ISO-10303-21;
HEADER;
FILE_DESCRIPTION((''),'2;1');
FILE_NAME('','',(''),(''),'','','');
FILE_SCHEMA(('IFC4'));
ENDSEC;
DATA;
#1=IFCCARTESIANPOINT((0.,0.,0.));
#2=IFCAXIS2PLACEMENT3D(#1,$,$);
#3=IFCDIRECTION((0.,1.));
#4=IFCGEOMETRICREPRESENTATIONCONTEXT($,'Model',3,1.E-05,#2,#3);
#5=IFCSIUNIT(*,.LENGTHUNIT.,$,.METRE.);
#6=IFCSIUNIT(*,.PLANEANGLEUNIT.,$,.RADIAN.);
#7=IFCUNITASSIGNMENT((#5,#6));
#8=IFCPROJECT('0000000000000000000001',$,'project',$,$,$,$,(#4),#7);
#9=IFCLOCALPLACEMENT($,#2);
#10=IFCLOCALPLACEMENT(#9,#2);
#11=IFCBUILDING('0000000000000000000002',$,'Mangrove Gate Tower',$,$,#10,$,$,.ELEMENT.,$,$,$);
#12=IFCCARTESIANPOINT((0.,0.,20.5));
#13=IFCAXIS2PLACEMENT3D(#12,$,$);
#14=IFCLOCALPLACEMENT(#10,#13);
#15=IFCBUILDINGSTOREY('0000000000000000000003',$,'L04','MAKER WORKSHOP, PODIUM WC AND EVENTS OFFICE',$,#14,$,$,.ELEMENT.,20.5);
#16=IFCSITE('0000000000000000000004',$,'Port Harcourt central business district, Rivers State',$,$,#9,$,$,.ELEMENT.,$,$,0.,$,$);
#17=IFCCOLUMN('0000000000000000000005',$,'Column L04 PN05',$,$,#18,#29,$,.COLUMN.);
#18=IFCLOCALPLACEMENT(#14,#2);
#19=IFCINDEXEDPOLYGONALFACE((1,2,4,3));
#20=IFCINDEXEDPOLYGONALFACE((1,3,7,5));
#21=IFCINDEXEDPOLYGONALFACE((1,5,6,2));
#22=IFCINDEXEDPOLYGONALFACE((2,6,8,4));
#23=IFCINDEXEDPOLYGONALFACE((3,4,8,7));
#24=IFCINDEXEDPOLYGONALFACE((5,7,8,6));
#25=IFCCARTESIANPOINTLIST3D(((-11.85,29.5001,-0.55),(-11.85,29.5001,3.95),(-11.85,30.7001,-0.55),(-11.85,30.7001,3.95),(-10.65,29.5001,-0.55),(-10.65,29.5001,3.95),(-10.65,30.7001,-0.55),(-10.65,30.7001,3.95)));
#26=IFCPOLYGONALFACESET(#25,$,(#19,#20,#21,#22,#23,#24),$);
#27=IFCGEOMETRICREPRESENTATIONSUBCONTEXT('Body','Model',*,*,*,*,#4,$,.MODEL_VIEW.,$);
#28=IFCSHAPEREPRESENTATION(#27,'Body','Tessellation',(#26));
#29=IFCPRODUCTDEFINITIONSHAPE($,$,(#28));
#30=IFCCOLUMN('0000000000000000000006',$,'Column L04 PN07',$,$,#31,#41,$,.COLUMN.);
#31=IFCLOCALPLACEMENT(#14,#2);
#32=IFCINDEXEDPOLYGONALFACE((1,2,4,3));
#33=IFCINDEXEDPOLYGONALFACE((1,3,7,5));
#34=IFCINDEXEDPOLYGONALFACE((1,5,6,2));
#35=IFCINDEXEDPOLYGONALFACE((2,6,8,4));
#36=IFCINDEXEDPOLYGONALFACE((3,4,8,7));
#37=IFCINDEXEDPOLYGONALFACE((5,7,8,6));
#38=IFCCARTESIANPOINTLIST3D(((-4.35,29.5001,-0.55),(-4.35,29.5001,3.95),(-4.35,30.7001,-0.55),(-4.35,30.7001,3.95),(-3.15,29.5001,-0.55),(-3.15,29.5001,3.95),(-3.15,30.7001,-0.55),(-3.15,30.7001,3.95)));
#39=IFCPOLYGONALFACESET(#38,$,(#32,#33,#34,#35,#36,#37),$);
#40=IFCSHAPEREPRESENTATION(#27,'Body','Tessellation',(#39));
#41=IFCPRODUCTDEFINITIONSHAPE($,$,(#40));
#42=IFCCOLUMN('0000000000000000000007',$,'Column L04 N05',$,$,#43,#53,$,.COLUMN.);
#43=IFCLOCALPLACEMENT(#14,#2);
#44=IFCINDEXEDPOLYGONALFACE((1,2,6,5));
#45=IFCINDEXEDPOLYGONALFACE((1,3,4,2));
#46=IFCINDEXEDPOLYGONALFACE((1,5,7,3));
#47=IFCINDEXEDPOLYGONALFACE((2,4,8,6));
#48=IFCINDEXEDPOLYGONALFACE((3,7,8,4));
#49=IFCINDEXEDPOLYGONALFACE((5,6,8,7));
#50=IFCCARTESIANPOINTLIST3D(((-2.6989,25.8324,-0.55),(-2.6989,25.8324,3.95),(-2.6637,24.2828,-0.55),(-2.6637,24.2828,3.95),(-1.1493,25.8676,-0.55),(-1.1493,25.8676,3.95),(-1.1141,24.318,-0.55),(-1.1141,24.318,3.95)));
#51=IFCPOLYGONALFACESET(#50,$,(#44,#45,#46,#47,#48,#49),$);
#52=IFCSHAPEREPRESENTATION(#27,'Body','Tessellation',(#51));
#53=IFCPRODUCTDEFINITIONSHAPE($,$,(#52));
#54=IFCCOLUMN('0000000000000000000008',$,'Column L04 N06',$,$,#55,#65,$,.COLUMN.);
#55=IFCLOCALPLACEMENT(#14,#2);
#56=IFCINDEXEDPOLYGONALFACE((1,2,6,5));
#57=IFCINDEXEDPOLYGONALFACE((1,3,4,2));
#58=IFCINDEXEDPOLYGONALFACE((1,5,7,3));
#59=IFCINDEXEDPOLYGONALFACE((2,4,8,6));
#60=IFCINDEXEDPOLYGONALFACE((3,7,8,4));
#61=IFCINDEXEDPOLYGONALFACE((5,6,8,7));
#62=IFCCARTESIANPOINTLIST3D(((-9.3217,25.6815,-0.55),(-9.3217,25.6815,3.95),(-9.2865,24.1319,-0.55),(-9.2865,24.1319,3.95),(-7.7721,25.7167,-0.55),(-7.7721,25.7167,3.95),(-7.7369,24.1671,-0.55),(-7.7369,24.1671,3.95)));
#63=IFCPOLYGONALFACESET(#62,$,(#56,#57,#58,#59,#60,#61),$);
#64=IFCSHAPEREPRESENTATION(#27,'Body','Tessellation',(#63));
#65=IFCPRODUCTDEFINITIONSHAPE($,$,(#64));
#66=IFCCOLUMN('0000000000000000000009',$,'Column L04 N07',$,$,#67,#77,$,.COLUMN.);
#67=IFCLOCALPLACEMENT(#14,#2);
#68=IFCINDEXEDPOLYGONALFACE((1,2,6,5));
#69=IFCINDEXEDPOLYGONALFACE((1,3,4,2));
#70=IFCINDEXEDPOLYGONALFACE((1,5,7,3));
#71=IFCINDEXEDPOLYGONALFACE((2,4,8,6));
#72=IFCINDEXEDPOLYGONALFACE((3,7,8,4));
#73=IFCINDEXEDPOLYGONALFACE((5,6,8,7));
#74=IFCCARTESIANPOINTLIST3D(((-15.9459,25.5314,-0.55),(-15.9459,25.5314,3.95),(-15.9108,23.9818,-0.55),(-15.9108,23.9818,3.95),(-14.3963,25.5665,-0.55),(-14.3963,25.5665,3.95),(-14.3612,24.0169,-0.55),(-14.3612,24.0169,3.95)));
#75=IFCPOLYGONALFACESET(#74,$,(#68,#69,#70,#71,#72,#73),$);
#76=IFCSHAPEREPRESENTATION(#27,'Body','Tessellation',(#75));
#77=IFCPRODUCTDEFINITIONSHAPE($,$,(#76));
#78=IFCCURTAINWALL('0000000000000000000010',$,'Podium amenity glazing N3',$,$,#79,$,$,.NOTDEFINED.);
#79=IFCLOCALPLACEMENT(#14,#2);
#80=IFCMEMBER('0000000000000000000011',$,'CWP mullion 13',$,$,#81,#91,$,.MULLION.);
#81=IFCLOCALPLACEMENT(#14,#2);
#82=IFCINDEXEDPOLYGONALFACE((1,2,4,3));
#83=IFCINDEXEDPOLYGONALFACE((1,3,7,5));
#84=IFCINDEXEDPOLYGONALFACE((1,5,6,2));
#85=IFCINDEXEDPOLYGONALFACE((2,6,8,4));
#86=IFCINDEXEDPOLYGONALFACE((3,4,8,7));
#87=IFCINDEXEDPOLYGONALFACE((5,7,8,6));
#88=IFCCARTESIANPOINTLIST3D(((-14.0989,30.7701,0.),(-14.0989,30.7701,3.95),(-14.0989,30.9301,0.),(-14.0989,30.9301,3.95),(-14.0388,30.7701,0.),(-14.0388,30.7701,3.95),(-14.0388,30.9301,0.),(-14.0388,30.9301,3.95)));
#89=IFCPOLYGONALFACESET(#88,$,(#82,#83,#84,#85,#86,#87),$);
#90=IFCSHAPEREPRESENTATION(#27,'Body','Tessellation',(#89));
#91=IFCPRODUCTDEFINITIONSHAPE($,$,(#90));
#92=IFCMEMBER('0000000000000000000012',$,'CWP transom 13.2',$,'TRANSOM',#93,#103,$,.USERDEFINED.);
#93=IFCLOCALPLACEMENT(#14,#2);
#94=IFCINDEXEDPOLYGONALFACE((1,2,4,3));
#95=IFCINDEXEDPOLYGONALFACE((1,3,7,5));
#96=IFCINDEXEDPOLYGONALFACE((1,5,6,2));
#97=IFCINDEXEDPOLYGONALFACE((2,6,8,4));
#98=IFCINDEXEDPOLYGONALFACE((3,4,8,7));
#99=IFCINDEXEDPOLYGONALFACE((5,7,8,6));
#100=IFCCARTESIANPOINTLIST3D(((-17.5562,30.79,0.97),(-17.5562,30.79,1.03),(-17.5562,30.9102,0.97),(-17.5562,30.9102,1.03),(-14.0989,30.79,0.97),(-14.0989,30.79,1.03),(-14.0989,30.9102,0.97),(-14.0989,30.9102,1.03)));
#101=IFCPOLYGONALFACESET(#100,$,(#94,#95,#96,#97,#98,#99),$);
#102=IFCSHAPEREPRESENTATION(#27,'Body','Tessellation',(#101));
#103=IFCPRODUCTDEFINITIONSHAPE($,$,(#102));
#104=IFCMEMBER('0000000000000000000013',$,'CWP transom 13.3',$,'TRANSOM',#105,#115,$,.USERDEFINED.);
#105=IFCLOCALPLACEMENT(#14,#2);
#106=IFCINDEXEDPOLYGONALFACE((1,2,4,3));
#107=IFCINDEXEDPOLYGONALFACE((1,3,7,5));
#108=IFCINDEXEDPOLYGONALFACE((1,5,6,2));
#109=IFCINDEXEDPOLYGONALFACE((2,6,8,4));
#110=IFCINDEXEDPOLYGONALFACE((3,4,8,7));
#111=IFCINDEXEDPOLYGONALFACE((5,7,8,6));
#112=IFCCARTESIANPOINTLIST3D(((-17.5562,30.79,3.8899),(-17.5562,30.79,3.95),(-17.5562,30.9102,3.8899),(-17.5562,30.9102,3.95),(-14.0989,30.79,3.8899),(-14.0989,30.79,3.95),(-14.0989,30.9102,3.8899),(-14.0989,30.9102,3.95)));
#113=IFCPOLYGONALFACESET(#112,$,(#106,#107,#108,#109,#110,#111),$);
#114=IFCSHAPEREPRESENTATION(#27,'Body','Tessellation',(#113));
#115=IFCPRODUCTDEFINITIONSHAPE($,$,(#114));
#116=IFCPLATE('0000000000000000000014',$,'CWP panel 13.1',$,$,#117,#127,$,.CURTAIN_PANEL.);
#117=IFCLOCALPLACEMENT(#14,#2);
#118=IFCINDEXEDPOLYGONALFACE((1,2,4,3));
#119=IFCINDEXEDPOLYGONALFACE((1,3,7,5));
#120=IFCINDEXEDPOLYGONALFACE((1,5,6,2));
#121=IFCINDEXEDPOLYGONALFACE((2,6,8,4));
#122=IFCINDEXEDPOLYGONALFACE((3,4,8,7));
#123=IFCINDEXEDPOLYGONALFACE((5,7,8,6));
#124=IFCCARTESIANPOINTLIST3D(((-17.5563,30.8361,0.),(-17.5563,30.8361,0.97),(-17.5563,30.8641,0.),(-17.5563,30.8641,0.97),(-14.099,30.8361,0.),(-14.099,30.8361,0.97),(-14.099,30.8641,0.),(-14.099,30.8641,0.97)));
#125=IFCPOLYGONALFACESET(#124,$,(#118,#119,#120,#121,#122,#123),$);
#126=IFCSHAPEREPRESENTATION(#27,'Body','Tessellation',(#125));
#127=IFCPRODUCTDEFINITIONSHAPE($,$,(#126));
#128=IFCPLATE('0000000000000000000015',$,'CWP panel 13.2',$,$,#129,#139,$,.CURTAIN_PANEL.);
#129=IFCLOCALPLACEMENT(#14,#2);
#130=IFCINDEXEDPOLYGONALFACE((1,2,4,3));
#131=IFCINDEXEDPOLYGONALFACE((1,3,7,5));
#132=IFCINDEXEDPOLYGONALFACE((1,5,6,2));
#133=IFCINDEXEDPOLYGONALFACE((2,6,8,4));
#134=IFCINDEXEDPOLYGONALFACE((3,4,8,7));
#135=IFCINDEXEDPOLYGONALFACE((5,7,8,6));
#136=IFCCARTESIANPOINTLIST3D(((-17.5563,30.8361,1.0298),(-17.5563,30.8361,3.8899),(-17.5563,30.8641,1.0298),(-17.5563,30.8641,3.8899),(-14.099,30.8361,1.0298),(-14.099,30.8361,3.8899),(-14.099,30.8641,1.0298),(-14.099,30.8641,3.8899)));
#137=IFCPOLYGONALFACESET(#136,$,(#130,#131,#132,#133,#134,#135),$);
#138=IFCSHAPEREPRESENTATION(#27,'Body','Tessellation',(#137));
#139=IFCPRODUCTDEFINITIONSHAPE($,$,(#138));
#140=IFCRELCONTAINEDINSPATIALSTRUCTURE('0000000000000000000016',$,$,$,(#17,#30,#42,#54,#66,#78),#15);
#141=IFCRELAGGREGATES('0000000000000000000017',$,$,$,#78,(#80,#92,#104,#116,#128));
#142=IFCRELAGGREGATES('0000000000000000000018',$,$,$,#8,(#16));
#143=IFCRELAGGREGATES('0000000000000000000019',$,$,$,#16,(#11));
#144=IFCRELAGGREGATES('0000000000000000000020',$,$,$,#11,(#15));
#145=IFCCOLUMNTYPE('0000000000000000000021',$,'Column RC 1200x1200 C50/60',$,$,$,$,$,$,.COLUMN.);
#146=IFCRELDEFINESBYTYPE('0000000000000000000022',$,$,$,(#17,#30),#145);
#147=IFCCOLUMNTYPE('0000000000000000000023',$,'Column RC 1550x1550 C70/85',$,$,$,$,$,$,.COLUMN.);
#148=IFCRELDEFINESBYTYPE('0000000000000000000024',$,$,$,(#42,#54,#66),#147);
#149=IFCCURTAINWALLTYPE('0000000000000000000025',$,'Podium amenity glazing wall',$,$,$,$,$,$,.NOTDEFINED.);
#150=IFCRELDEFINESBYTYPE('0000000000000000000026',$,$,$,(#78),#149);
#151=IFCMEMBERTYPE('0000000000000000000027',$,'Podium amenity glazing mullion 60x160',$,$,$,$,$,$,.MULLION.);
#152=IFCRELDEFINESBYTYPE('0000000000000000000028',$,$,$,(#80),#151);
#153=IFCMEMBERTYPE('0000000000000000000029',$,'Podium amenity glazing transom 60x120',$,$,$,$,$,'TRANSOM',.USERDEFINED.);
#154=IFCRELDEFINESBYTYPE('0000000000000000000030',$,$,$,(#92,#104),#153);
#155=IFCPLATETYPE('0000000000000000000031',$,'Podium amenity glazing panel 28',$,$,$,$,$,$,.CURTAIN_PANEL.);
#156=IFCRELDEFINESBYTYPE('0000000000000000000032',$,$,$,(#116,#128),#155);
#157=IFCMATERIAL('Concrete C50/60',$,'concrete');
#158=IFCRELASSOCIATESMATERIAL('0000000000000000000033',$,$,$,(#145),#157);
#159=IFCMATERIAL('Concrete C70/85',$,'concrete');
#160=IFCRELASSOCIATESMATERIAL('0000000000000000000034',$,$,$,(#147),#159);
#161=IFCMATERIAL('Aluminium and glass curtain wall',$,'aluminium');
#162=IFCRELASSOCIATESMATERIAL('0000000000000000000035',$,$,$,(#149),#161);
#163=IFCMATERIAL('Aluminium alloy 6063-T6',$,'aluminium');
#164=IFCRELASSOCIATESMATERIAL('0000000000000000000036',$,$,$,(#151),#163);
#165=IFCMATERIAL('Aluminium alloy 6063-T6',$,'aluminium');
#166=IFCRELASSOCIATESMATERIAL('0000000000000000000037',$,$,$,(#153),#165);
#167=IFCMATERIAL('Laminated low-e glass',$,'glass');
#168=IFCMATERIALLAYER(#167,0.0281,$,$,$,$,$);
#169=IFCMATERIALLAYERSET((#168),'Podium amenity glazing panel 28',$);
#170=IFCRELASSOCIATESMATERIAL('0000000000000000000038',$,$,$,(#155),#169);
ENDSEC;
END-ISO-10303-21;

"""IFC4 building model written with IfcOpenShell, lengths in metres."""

from ifc_helpers import new_model, si_unit, direction, frame, origin, origin_2d, place, context, subcontext, project, spatial, rectangle, extrude, material, layer, layer_set, material_profile, profile_set, type_object, element, aggregate, save


model = new_model("IFC4")

# Units and contexts
model_context = context("Model", 3, precision=1e-05, world=origin(), true_north=direction((0.0, 1.0)))
body_context = subcontext(model_context, "Body", "Model", "MODEL_VIEW")
ifc_project = project(units=[si_unit("LENGTHUNIT", "METRE"), si_unit("PLANEANGLEUNIT", "RADIAN")], contexts=[model_context])

# Site, building, storey
site_placement = place(None, origin())
site = spatial("IfcSite", under=ifc_project, at=site_placement, Name="Port Harcourt central business district, Rivers State", CompositionType="ELEMENT", RefElevation=0.0)
building_placement = place(site_placement, origin())
building = spatial("IfcBuilding", under=site, at=building_placement, Name="Mangrove Gate Tower", CompositionType="ELEMENT")
storey_placement = place(building_placement, frame((0.0, 0.0, 20.5)))
storey = spatial("IfcBuildingStorey", under=building, at=storey_placement, Name="L04", Description="MAKER WORKSHOP, PODIUM WC AND EVENTS OFFICE", CompositionType="ELEMENT", Elevation=20.5)

# Columns
ifc_material_1 = material(Name="Concrete C50/60", Category="concrete")
ifc_material_profile_1 = material_profile(ifc_material_1, rectangle(XDim=1.2, YDim=1.2, at=origin_2d()))
ifc_profile_set_1 = profile_set([ifc_material_profile_1], Name="Concrete C50/60")
column_type_1 = type_object("IfcColumnType", Name="Column RC 1200x1200 C50/60", PredefinedType="COLUMN", material=ifc_profile_set_1)
for number, where, z_axis, x_axis, name in (
    (1, (-11.25, 30.1001, -0.55), (0.0, 0.0, 1.0), (1.0, 0.0, 0.0), "Column L04 PN05"),
    (2, (-3.75, 30.1001, -0.55), (0.0, 0.0, 1.0), (1.0, 0.0, 0.0), "Column L04 PN07"),
):
    element("IfcColumn", number, at=place(storey_placement, frame(where, z_axis=z_axis, x_axis=x_axis)), inside=storey, type_object=column_type_1, Name=name, PredefinedType="COLUMN", context=body_context, shape_type="SweptSolid", body=[
        extrude(rectangle(XDim=1.2, YDim=1.2, at=origin_2d()), origin(), (0.0, 0.0, 1.0), 4.5),
    ])
ifc_material_2 = material(Name="Concrete C70/85", Category="concrete")
ifc_material_profile_2 = material_profile(ifc_material_2, rectangle(XDim=1.55, YDim=1.55, at=origin_2d()))
ifc_profile_set_2 = profile_set([ifc_material_profile_2], Name="Concrete C70/85")
column_type_2 = type_object("IfcColumnType", Name="Column RC 1550x1550 C70/85", PredefinedType="COLUMN", material=ifc_profile_set_2)
for number, where, z_axis, x_axis, name in (
    (3, (-1.9065, 25.0752, -0.55), (0.0, 0.0, 1.0), (-0.999742, -0.022718, 0.0), "Column L04 N05"),
    (4, (-8.5293, 24.9243, -0.55), (0.0, 0.0, 1.0), (-0.999742, -0.022716, 0.0), "Column L04 N06"),
    (5, (-15.1536, 24.7742, -0.55), (0.0, 0.0, 1.0), (-0.999744, -0.022641, 0.0), "Column L04 N07"),
):
    element("IfcColumn", number, at=place(storey_placement, frame(where, z_axis=z_axis, x_axis=x_axis)), inside=storey, type_object=column_type_2, Name=name, PredefinedType="COLUMN", context=body_context, shape_type="SweptSolid", body=[
        extrude(rectangle(XDim=1.55, YDim=1.55, at=origin_2d()), origin(), (0.0, 0.0, 1.0), 4.5),
    ])

# Curtain wall, members, plates
ifc_material_3 = material(Name="Aluminium and glass curtain wall", Category="aluminium")
curtain_wall_type = type_object("IfcCurtainWallType", Name="Podium amenity glazing wall", PredefinedType="NOTDEFINED", material=ifc_material_3)
curtain_wall_placement = place(storey_placement, origin())
curtain_wall = element("IfcCurtainWall", 6, at=curtain_wall_placement, inside=storey, type_object=curtain_wall_type, Name="Podium amenity glazing N3", PredefinedType="NOTDEFINED")
ifc_material_4 = material(Name="Aluminium alloy 6063-T6", Category="aluminium")
ifc_material_profile_3 = material_profile(ifc_material_4, rectangle(XDim=0.0601, YDim=0.1599, at=origin_2d()))
ifc_profile_set_3 = profile_set([ifc_material_profile_3], Name="Aluminium alloy 6063-T6")
member_type_1 = type_object("IfcMemberType", Name="Podium amenity glazing mullion 60x160", PredefinedType="MULLION", material=ifc_profile_set_3)
member_1_placement = place(storey_placement, frame((-14.0688, 30.8501, 0.0), z_axis=(0.0, 0.0, 1.0), x_axis=(-1.0, 0.0, 0.0)))
member_1 = element("IfcMember", 7, at=member_1_placement, type_object=member_type_1, Name="CWP mullion 13", PredefinedType="MULLION", context=body_context, shape_type="SweptSolid", body=[
    extrude(rectangle(XDim=0.0601, YDim=0.1599, at=origin_2d()), origin(), (0.0, 0.0, 1.0), 3.95),
])
ifc_material_5 = material(Name="Aluminium alloy 6063-T6", Category="aluminium")
ifc_material_profile_4 = material_profile(ifc_material_5, rectangle(XDim=0.0601, YDim=0.1201, at=origin_2d()))
ifc_profile_set_4 = profile_set([ifc_material_profile_4], Name="Aluminium alloy 6063-T6")
member_type_2 = type_object("IfcMemberType", Name="Podium amenity glazing transom 60x120", ElementType="TRANSOM", PredefinedType="USERDEFINED", material=ifc_profile_set_4)
member_2_placement = place(storey_placement, frame((-14.0989, 30.8501, 1.0), z_axis=(-1.0, 0.0, 0.0), x_axis=(0.0, 0.0, 1.0)))
member_2 = element("IfcMember", 8, at=member_2_placement, type_object=member_type_2, Name="CWP transom 13.2", ObjectType="TRANSOM", PredefinedType="USERDEFINED", context=body_context, shape_type="SweptSolid", body=[
    extrude(rectangle(XDim=0.0601, YDim=0.1201, at=origin_2d()), origin(), (0.0, 0.0, 1.0), 3.4573),
])
member_3_placement = place(storey_placement, frame((-14.0989, 30.8501, 3.9199), z_axis=(-1.0, 0.0, 0.0), x_axis=(0.0, 0.0, 1.0)))
member_3 = element("IfcMember", 9, at=member_3_placement, type_object=member_type_2, Name="CWP transom 13.3", ObjectType="TRANSOM", PredefinedType="USERDEFINED", context=body_context, shape_type="SweptSolid", body=[
    extrude(rectangle(XDim=0.0601, YDim=0.1201, at=origin_2d()), origin(), (0.0, 0.0, 1.0), 3.4573),
])
ifc_material_6 = material(Name="Laminated low-e glass", Category="glass")
ifc_layer_1 = layer(ifc_material_6, 0.0281)
ifc_layer_set_1 = layer_set([ifc_layer_1], Name="Podium amenity glazing panel 28")
plate_type = type_object("IfcPlateType", Name="Podium amenity glazing panel 28", PredefinedType="CURTAIN_PANEL", material=ifc_layer_set_1)
plate_1_placement = place(storey_placement, frame((-15.8276, 30.8501, 0.0), z_axis=(0.0, 0.0, 1.0), x_axis=(-1.0, 0.0, 0.0)))
plate_1 = element("IfcPlate", 10, at=plate_1_placement, type_object=plate_type, Name="CWP panel 13.1", PredefinedType="CURTAIN_PANEL", context=body_context, shape_type="SweptSolid", body=[
    extrude(rectangle(XDim=3.4573, YDim=0.0281, at=origin_2d()), origin(), (0.0, 0.0, 1.0), 0.97),
])
plate_2_placement = place(storey_placement, frame((-15.8276, 30.8501, 1.0298), z_axis=(0.0, 0.0, 1.0), x_axis=(-1.0, 0.0, 0.0)))
plate_2 = element("IfcPlate", 11, at=plate_2_placement, type_object=plate_type, Name="CWP panel 13.2", PredefinedType="CURTAIN_PANEL", context=body_context, shape_type="SweptSolid", body=[
    extrude(rectangle(XDim=3.4573, YDim=0.0281, at=origin_2d()), origin(), (0.0, 0.0, 1.0), 2.8601),
])
aggregate(curtain_wall, [member_1, member_2, member_3, plate_1, plate_2])

save(model, "model.ifc")
